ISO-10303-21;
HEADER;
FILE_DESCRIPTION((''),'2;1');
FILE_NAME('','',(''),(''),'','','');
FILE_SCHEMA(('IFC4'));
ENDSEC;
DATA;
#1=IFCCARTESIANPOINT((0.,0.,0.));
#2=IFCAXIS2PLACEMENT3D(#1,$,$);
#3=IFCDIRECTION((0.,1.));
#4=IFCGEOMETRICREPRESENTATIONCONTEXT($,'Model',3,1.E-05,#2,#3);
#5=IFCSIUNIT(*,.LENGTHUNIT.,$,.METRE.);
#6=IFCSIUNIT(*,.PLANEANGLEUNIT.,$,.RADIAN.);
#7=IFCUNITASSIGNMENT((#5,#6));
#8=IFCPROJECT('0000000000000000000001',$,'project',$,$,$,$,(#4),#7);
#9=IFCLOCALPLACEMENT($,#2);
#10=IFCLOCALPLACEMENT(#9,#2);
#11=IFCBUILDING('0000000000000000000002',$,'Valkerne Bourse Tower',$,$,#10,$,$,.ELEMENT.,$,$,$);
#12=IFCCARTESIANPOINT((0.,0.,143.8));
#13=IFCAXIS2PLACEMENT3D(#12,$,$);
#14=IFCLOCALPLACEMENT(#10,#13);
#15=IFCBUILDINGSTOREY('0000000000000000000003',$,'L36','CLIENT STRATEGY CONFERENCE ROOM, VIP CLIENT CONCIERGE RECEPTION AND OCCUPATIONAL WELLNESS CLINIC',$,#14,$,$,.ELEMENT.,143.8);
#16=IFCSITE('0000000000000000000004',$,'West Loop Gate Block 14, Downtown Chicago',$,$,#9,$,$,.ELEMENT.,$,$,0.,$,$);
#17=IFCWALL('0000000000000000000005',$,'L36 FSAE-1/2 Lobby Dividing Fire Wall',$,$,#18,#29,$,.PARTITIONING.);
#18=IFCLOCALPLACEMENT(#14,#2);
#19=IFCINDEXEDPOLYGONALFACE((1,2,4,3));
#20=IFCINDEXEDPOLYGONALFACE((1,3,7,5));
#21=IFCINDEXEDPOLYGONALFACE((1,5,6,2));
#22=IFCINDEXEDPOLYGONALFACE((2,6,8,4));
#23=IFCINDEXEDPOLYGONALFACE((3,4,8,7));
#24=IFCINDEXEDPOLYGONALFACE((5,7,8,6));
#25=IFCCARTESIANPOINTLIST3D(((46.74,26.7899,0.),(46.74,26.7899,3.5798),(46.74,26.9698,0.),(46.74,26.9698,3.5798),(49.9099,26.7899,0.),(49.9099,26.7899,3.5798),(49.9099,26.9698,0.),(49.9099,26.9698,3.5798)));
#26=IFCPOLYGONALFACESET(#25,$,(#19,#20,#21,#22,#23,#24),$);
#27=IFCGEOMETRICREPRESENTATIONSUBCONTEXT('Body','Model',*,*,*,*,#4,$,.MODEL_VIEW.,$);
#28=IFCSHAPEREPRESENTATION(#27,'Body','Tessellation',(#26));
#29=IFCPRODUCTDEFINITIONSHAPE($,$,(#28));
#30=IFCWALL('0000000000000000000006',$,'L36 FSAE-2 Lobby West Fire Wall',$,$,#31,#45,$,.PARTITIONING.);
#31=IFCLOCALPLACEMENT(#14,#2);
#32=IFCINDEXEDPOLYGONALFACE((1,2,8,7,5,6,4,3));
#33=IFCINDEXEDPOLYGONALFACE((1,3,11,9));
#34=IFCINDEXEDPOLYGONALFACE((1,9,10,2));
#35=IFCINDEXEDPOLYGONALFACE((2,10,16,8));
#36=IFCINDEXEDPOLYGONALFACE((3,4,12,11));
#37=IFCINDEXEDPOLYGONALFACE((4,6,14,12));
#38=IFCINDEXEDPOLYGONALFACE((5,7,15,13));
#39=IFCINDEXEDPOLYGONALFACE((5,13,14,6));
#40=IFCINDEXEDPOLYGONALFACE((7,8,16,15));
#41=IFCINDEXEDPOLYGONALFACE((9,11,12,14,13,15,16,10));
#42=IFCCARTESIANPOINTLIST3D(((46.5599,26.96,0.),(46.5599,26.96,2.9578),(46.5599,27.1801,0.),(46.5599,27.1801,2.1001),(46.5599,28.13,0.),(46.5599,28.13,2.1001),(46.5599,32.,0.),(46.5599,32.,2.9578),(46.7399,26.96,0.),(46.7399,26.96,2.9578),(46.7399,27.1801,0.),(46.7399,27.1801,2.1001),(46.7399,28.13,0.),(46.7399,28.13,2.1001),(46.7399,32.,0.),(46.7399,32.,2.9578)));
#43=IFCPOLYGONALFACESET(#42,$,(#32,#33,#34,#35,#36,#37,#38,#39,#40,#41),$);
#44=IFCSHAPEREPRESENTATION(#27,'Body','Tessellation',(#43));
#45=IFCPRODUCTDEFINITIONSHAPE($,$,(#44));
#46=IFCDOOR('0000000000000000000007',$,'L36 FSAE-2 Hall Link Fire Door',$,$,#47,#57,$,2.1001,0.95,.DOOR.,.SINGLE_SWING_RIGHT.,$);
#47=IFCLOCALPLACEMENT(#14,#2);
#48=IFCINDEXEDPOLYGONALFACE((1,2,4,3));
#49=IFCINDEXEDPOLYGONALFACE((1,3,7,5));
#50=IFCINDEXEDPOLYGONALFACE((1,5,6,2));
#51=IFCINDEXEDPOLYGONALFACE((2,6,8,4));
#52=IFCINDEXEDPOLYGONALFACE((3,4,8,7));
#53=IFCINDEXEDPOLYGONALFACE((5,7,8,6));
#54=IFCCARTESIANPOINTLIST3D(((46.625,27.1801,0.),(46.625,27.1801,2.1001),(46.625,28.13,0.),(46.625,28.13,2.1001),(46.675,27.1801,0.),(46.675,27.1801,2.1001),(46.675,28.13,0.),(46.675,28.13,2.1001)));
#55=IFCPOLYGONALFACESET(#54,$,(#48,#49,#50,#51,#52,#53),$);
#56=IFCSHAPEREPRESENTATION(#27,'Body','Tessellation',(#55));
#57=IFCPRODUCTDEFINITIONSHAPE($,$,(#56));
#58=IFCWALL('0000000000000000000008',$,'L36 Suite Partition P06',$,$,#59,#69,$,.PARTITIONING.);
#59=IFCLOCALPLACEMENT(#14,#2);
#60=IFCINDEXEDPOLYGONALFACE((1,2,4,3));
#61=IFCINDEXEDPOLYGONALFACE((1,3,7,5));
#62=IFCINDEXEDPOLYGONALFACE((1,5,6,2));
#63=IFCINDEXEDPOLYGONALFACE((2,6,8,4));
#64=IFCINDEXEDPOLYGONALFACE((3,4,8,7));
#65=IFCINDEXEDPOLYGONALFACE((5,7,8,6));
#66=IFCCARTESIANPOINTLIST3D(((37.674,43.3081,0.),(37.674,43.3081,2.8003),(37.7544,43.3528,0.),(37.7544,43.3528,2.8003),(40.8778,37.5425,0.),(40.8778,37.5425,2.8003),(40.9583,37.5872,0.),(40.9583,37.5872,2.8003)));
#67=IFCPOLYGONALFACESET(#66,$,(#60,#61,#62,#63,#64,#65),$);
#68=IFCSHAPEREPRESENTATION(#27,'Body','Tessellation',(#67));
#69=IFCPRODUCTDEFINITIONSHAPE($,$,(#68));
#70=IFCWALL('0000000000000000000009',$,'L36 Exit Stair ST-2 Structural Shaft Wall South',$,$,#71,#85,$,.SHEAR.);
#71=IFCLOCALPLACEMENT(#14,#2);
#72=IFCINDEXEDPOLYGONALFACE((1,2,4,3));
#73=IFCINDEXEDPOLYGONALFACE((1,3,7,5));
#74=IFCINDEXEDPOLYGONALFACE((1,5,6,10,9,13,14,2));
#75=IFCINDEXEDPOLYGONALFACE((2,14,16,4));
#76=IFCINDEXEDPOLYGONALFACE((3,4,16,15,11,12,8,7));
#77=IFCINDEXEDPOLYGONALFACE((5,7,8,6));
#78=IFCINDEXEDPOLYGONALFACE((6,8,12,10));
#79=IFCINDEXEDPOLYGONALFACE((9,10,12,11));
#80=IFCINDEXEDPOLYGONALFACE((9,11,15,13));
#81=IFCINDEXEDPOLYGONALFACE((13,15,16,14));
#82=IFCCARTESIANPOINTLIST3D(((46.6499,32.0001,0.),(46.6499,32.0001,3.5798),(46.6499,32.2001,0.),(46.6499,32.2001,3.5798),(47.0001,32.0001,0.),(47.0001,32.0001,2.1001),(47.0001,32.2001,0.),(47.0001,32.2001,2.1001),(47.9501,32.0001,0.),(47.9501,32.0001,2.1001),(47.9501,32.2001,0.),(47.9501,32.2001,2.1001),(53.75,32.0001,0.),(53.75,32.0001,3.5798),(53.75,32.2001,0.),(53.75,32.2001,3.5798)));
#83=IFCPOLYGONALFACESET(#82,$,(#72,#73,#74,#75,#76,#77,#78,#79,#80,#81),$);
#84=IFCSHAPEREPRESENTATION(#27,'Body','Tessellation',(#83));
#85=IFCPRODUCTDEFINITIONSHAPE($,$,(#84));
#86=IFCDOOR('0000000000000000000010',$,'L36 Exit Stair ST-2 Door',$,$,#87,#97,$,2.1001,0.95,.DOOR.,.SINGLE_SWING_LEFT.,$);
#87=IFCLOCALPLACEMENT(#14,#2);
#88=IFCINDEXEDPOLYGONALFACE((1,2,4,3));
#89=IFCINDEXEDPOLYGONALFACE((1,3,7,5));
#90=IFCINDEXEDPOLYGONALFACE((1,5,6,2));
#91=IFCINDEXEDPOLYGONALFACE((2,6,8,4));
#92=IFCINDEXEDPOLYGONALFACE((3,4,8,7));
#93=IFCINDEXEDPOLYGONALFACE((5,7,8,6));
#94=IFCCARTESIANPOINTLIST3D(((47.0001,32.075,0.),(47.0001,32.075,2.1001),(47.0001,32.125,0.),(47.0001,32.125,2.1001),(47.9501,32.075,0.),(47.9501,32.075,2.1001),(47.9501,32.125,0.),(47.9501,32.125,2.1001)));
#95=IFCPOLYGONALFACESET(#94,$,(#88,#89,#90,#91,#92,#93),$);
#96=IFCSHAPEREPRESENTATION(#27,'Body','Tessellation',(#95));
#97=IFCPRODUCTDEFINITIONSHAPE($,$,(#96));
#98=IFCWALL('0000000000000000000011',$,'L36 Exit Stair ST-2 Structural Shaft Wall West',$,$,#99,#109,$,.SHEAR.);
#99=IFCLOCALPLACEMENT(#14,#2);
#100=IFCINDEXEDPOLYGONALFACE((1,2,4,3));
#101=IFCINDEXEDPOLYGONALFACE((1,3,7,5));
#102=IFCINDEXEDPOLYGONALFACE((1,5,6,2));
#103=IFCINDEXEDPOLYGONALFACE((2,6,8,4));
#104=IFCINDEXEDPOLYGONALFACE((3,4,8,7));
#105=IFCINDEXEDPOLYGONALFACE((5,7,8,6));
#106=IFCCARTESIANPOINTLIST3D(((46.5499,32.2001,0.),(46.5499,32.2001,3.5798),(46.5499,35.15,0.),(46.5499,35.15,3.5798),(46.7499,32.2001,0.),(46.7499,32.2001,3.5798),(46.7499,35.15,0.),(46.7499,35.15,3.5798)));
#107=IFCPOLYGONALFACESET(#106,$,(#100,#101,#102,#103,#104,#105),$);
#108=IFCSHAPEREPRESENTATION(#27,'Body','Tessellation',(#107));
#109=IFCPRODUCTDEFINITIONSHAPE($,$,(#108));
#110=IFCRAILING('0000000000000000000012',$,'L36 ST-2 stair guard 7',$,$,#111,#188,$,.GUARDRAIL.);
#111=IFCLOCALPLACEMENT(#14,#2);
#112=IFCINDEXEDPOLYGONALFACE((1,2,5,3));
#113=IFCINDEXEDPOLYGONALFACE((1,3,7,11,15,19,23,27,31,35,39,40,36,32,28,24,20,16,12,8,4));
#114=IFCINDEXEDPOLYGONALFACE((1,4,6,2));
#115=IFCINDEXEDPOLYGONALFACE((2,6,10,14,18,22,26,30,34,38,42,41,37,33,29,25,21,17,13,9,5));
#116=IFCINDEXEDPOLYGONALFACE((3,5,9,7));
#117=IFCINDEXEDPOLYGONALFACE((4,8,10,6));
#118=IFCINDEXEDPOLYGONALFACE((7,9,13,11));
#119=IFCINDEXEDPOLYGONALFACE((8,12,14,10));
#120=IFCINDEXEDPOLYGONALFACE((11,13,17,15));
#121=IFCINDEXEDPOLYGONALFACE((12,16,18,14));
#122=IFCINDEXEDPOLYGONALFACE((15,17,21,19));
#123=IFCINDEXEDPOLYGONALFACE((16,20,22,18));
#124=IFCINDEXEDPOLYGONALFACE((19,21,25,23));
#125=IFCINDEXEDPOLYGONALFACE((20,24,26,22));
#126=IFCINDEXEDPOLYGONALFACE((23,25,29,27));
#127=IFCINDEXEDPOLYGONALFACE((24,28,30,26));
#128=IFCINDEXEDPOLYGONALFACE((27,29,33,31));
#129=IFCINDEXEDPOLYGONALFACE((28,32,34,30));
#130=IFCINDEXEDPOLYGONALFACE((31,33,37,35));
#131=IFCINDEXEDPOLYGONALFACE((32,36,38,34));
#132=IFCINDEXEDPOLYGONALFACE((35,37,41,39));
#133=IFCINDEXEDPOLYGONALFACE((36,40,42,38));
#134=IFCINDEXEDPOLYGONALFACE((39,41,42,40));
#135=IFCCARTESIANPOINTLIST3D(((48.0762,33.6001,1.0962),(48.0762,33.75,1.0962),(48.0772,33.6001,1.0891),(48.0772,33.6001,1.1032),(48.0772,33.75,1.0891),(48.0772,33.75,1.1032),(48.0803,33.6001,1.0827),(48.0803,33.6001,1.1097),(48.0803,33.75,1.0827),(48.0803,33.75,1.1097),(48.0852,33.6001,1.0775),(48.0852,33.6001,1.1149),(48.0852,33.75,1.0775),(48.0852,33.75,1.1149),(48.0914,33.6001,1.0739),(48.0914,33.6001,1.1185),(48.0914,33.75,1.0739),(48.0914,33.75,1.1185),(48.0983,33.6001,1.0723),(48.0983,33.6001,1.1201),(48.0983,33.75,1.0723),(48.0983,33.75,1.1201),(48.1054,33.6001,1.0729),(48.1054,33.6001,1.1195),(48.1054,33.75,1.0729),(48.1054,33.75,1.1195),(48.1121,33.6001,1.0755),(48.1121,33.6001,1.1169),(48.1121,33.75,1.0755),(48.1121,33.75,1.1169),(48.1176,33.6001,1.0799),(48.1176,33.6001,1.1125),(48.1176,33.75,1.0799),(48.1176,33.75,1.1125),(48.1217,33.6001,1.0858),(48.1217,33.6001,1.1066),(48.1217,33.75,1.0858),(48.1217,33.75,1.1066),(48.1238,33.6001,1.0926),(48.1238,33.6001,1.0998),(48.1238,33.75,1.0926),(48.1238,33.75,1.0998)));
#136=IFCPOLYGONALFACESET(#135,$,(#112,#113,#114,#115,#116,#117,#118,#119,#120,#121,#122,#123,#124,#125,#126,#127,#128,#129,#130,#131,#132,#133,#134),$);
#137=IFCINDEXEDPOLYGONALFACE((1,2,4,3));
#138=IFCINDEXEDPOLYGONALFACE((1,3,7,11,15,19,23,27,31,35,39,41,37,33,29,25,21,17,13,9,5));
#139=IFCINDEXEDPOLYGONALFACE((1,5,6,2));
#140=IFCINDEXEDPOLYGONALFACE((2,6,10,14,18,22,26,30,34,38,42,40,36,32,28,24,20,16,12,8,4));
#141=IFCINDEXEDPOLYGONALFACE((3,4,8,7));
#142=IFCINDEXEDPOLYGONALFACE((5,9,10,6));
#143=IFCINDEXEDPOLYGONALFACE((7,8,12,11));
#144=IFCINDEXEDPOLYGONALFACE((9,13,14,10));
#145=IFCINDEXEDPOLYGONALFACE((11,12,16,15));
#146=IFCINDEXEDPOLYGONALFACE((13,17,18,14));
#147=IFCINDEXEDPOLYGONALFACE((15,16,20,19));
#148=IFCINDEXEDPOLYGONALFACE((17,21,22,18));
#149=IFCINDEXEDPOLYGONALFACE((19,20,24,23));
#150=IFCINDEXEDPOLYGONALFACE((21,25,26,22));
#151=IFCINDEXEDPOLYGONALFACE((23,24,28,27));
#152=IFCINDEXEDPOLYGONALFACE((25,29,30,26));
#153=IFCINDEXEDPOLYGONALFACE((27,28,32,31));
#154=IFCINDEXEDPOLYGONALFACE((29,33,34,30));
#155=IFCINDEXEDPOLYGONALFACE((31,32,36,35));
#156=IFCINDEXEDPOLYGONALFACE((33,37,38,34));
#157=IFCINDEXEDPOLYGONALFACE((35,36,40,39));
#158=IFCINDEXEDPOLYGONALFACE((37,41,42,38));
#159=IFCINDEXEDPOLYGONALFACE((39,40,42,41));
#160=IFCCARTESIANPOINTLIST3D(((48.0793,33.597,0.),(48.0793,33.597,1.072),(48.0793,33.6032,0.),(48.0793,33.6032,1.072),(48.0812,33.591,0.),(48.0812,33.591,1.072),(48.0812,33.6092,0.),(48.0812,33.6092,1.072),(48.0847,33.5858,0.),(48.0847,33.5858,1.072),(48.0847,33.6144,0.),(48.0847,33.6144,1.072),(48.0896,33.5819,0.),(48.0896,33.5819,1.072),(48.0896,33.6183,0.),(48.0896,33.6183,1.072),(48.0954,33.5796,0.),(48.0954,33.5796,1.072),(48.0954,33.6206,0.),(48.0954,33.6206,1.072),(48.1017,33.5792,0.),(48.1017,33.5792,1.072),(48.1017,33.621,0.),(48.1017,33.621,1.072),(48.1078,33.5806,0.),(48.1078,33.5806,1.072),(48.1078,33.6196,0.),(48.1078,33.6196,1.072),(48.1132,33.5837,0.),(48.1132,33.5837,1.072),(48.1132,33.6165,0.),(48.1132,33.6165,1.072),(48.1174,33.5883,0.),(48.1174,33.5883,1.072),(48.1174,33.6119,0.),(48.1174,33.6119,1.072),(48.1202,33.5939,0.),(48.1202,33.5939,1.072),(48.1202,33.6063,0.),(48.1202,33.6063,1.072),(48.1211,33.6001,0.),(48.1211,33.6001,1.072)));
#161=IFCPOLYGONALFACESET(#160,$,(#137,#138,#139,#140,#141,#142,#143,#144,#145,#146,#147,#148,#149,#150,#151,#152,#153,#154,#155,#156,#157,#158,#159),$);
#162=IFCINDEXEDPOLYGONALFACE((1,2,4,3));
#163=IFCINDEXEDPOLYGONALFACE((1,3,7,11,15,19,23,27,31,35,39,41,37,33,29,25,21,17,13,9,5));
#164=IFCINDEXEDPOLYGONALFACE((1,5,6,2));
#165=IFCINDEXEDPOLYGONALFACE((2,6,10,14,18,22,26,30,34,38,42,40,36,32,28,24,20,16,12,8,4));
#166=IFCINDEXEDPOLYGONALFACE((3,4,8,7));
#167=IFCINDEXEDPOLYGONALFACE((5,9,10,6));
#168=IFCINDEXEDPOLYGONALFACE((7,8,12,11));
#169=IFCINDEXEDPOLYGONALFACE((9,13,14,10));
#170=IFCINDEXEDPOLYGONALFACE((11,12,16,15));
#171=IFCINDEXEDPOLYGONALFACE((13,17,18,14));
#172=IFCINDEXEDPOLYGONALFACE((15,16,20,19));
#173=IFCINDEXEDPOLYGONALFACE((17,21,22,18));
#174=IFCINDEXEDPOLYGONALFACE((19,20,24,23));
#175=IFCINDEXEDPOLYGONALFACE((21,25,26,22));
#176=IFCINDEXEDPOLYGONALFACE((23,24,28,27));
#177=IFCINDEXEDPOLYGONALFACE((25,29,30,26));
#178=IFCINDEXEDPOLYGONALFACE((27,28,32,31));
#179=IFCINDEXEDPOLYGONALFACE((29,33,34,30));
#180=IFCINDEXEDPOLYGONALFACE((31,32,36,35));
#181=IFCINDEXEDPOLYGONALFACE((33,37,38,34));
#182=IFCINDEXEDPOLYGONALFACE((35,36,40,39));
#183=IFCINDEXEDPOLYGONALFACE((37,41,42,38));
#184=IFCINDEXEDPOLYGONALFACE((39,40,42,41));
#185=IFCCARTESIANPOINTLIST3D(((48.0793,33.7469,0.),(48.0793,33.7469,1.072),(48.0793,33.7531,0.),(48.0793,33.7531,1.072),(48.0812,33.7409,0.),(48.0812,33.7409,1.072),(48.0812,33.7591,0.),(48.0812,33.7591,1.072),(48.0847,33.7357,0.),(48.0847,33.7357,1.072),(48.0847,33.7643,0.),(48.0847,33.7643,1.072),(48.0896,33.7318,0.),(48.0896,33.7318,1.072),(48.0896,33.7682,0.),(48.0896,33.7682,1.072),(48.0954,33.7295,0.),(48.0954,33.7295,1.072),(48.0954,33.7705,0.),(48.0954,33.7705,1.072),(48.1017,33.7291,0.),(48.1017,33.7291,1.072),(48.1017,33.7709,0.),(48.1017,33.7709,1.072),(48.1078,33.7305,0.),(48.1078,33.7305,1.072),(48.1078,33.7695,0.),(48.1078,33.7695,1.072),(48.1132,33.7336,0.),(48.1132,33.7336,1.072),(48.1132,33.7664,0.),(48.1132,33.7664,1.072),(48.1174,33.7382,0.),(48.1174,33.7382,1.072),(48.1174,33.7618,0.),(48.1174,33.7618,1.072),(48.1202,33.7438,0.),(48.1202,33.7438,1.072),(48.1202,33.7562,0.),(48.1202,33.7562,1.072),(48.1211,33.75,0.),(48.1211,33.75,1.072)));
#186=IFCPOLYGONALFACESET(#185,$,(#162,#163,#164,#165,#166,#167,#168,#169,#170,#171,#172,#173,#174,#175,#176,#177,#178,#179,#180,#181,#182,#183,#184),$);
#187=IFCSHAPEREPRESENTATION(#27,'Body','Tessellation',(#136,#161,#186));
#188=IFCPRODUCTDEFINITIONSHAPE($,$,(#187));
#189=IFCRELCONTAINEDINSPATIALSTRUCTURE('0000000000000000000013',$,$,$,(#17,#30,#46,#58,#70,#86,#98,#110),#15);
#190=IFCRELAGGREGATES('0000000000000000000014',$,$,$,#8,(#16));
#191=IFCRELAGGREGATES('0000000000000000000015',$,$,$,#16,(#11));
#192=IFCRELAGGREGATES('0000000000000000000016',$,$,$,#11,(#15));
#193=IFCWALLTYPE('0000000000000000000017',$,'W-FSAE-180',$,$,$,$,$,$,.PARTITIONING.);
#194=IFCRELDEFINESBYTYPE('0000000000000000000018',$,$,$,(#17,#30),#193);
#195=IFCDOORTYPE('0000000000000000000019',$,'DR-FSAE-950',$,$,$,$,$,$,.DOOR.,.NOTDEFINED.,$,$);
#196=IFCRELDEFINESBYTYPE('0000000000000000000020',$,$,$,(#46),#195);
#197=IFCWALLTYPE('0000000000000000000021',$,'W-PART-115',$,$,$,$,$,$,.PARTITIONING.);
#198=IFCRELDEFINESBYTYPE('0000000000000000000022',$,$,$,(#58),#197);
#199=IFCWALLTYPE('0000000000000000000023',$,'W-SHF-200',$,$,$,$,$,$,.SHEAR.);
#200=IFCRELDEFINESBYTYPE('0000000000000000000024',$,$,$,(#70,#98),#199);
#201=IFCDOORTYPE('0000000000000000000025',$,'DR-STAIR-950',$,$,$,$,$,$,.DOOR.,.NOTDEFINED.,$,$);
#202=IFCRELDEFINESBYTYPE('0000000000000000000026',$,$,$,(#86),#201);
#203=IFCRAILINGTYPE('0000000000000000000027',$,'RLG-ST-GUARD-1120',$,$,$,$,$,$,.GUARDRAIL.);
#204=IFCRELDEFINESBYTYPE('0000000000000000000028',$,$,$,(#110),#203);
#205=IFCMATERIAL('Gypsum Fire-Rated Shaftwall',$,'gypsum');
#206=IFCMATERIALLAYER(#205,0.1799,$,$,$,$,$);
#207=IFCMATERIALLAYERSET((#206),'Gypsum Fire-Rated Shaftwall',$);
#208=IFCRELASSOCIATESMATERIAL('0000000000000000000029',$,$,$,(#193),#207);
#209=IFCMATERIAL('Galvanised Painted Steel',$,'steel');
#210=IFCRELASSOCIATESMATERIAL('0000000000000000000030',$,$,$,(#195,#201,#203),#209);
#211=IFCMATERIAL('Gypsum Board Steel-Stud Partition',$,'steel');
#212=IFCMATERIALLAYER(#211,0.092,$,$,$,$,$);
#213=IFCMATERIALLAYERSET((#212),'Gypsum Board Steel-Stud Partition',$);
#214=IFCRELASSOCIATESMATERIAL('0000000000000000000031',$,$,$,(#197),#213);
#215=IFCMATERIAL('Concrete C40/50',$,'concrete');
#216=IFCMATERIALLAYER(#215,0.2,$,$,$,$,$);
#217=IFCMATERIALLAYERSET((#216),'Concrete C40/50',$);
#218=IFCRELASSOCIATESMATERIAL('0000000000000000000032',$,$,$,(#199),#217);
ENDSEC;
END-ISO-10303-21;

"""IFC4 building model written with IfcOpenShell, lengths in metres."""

from ifc_helpers import new_model, si_unit, direction, frame, frame_2d, origin, origin_2d, place, context, subcontext, project, spatial, rectangle, circle, extrude, material, layer, layer_set, type_object, element, fill, save


model = new_model("IFC4")

# Units and contexts
model_context = context("Model", 3, precision=1e-05, world=origin(), true_north=direction((0.0, 1.0)))
body_context = subcontext(model_context, "Body", "Model", "MODEL_VIEW")
ifc_project = project(units=[si_unit("LENGTHUNIT", "METRE"), si_unit("PLANEANGLEUNIT", "RADIAN")], contexts=[model_context])

# Site, building, storey
site_placement = place(None, origin())
site = spatial("IfcSite", under=ifc_project, at=site_placement, Name="West Loop Gate Block 14, Downtown Chicago", CompositionType="ELEMENT", RefElevation=0.0)
building_placement = place(site_placement, origin())
building = spatial("IfcBuilding", under=site, at=building_placement, Name="Valkerne Bourse Tower", CompositionType="ELEMENT")
storey_placement = place(building_placement, frame((0.0, 0.0, 143.8)))
storey = spatial("IfcBuildingStorey", under=building, at=storey_placement, Name="L36", Description="CLIENT STRATEGY CONFERENCE ROOM, VIP CLIENT CONCIERGE RECEPTION AND OCCUPATIONAL WELLNESS CLINIC", CompositionType="ELEMENT", Elevation=143.8)

# Wall
ifc_material_1 = material(Name="Gypsum Fire-Rated Shaftwall", Category="gypsum")
ifc_layer_1 = layer(ifc_material_1, 0.1799)
ifc_layer_set_1 = layer_set([ifc_layer_1], Name="Gypsum Fire-Rated Shaftwall")
wall_type_1 = type_object("IfcWallType", Name="W-FSAE-180", PredefinedType="PARTITIONING", material=ifc_layer_set_1)
wall_1_placement = place(storey_placement, frame((46.74, 26.8799, 0.0), z_axis=(0.0, 0.0, 1.0), x_axis=(1.0, 0.0, 0.0)))
element("IfcWall", 1, at=wall_1_placement, inside=storey, type_object=wall_type_1, Name="L36 FSAE-1/2 Lobby Dividing Fire Wall", PredefinedType="PARTITIONING", context=body_context, shape_type="SweptSolid", body=[
    extrude(rectangle(XDim=3.1699, YDim=0.1799, at=frame_2d((1.585, 0.0))), origin(), (0.0, 0.0, 1.0), 3.5798),
])

# Wall, opening, door
wall_2_placement = place(storey_placement, frame((46.6499, 26.96, 0.0), z_axis=(0.0, 0.0, 1.0), x_axis=(0.0, 1.0, 0.0)))
wall_2 = element("IfcWall", 2, at=wall_2_placement, inside=storey, type_object=wall_type_1, Name="L36 FSAE-2 Lobby West Fire Wall", PredefinedType="PARTITIONING", context=body_context, shape_type="SweptSolid", body=[
    extrude(rectangle(XDim=5.04, YDim=0.1799, at=frame_2d((2.52, 0.0))), origin(), (0.0, 0.0, 1.0), 2.9578),
])
opening_1_placement = place(wall_2_placement, frame((0.22, 0.0, 0.0)))
opening_1 = element("IfcOpeningElement", 3, at=opening_1_placement, cuts=wall_2, PredefinedType="OPENING", context=body_context, shape_type="SweptSolid", body=[
    extrude(rectangle(XDim=0.95, YDim=2.1001, at=frame_2d((0.4751, 1.05))), frame((0.0, 0.0999, 0.0), z_axis=(0.0, -1.0, 0.0), x_axis=(1.0, 0.0, 0.0)), (0.0, 0.0, 1.0), 0.2),
])
ifc_material_2 = material(Name="Galvanised Painted Steel", Category="steel")
door_type_1 = type_object("IfcDoorType", Name="DR-FSAE-950", OperationType="NOTDEFINED", PredefinedType="DOOR", material=ifc_material_2)
door_1_placement = place(opening_1_placement, origin())
door_1 = element("IfcDoor", 4, at=door_1_placement, inside=storey, type_object=door_type_1, Name="L36 FSAE-2 Hall Link Fire Door", OperationType="SINGLE_SWING_RIGHT", OverallHeight=2.1001, OverallWidth=0.95, PredefinedType="DOOR", context=body_context, shape_type="SweptSolid", body=[
    extrude(rectangle(XDim=0.95, YDim=2.1001, at=frame_2d((0.4751, 1.05))), frame((0.0, 0.0249, 0.0), z_axis=(0.0, -1.0, 0.0), x_axis=(1.0, 0.0, 0.0)), (0.0, 0.0, 1.0), 0.05),
])
fill(opening_1, door_1)

# Wall
ifc_material_3 = material(Name="Gypsum Board Steel-Stud Partition", Category="steel")
ifc_layer_2 = layer(ifc_material_3, 0.092)
ifc_layer_set_2 = layer_set([ifc_layer_2], Name="Gypsum Board Steel-Stud Partition")
wall_type_2 = type_object("IfcWallType", Name="W-PART-115", PredefinedType="PARTITIONING", material=ifc_layer_set_2)
wall_3_placement = place(storey_placement, frame((40.918, 37.5649, 0.0), z_axis=(0.0, 0.0, 1.0), x_axis=(-0.485728, 0.87411, 0.0)))
element("IfcWall", 5, at=wall_3_placement, inside=storey, type_object=wall_type_2, Name="L36 Suite Partition P06", PredefinedType="PARTITIONING", context=body_context, shape_type="SweptSolid", body=[
    extrude(rectangle(XDim=6.5959, YDim=0.092, at=frame_2d((3.2979, 0.0))), origin(), (0.0, 0.0, 1.0), 2.8003),
])

# Wall, opening, door
ifc_material_4 = material(Name="Concrete C40/50", Category="concrete")
ifc_layer_3 = layer(ifc_material_4, 0.2)
ifc_layer_set_3 = layer_set([ifc_layer_3], Name="Concrete C40/50")
wall_type_3 = type_object("IfcWallType", Name="W-SHF-200", PredefinedType="SHEAR", material=ifc_layer_set_3)
wall_4_placement = place(storey_placement, frame((46.6499, 32.1001, 0.0), z_axis=(0.0, 0.0, 1.0), x_axis=(1.0, 0.0, 0.0)))
wall_4 = element("IfcWall", 6, at=wall_4_placement, inside=storey, type_object=wall_type_3, Name="L36 Exit Stair ST-2 Structural Shaft Wall South", PredefinedType="SHEAR", context=body_context, shape_type="SweptSolid", body=[
    extrude(rectangle(XDim=7.1001, YDim=0.2, at=frame_2d((3.55, 0.0))), origin(), (0.0, 0.0, 1.0), 3.5798),
])
opening_2_placement = place(wall_4_placement, frame((0.3501, 0.0, 0.0)))
opening_2 = element("IfcOpeningElement", 7, at=opening_2_placement, cuts=wall_4, PredefinedType="OPENING", context=body_context, shape_type="SweptSolid", body=[
    extrude(rectangle(XDim=0.95, YDim=2.1001, at=frame_2d((0.4751, 1.05))), frame((0.0, 0.1099, 0.0), z_axis=(0.0, -1.0, 0.0), x_axis=(1.0, 0.0, 0.0)), (0.0, 0.0, 1.0), 0.22),
])
door_type_2 = type_object("IfcDoorType", Name="DR-STAIR-950", OperationType="NOTDEFINED", PredefinedType="DOOR", material=ifc_material_2)
door_2_placement = place(opening_2_placement, origin())
door_2 = element("IfcDoor", 8, at=door_2_placement, inside=storey, type_object=door_type_2, Name="L36 Exit Stair ST-2 Door", OperationType="SINGLE_SWING_LEFT", OverallHeight=2.1001, OverallWidth=0.95, PredefinedType="DOOR", context=body_context, shape_type="SweptSolid", body=[
    extrude(rectangle(XDim=0.95, YDim=2.1001, at=frame_2d((0.4751, 1.05))), frame((0.0, 0.0249, 0.0), z_axis=(0.0, -1.0, 0.0), x_axis=(1.0, 0.0, 0.0)), (0.0, 0.0, 1.0), 0.05),
])
fill(opening_2, door_2)

# Wall
wall_5_placement = place(storey_placement, frame((46.6499, 32.2, 0.0), z_axis=(0.0, 0.0, 1.0), x_axis=(0.0, 1.0, 0.0)))
element("IfcWall", 9, at=wall_5_placement, inside=storey, type_object=wall_type_3, Name="L36 Exit Stair ST-2 Structural Shaft Wall West", PredefinedType="SHEAR", context=body_context, shape_type="SweptSolid", body=[
    extrude(rectangle(XDim=2.95, YDim=0.2, at=frame_2d((1.4751, 0.0))), origin(), (0.0, 0.0, 1.0), 3.5798),
])

# Railing
railing_type = type_object("IfcRailingType", Name="RLG-ST-GUARD-1120", PredefinedType="GUARDRAIL", material=ifc_material_2)
railing_placement = place(storey_placement, frame((48.1001, 33.6001, 0.0)))
element("IfcRailing", 10, at=railing_placement, inside=storey, type_object=railing_type, Name="L36 ST-2 stair guard 7", PredefinedType="GUARDRAIL", context=body_context, shape_type="SweptSolid", body=[
    extrude(circle(Radius=0.0239, at=origin_2d()), frame((0.0, 0.0, 1.0962), z_axis=(0.0, 1.0, 0.0), x_axis=(-1.0, 0.0, 0.0)), (0.0, 0.0, 1.0), 0.1499),
    extrude(circle(Radius=0.021, at=origin_2d()), origin(), (0.0, 0.0, 1.0), 1.072),
    extrude(circle(Radius=0.021, at=origin_2d()), frame((0.0, 0.1499, 0.0)), (0.0, 0.0, 1.0), 1.072),
])

save(model, "model.ifc")
